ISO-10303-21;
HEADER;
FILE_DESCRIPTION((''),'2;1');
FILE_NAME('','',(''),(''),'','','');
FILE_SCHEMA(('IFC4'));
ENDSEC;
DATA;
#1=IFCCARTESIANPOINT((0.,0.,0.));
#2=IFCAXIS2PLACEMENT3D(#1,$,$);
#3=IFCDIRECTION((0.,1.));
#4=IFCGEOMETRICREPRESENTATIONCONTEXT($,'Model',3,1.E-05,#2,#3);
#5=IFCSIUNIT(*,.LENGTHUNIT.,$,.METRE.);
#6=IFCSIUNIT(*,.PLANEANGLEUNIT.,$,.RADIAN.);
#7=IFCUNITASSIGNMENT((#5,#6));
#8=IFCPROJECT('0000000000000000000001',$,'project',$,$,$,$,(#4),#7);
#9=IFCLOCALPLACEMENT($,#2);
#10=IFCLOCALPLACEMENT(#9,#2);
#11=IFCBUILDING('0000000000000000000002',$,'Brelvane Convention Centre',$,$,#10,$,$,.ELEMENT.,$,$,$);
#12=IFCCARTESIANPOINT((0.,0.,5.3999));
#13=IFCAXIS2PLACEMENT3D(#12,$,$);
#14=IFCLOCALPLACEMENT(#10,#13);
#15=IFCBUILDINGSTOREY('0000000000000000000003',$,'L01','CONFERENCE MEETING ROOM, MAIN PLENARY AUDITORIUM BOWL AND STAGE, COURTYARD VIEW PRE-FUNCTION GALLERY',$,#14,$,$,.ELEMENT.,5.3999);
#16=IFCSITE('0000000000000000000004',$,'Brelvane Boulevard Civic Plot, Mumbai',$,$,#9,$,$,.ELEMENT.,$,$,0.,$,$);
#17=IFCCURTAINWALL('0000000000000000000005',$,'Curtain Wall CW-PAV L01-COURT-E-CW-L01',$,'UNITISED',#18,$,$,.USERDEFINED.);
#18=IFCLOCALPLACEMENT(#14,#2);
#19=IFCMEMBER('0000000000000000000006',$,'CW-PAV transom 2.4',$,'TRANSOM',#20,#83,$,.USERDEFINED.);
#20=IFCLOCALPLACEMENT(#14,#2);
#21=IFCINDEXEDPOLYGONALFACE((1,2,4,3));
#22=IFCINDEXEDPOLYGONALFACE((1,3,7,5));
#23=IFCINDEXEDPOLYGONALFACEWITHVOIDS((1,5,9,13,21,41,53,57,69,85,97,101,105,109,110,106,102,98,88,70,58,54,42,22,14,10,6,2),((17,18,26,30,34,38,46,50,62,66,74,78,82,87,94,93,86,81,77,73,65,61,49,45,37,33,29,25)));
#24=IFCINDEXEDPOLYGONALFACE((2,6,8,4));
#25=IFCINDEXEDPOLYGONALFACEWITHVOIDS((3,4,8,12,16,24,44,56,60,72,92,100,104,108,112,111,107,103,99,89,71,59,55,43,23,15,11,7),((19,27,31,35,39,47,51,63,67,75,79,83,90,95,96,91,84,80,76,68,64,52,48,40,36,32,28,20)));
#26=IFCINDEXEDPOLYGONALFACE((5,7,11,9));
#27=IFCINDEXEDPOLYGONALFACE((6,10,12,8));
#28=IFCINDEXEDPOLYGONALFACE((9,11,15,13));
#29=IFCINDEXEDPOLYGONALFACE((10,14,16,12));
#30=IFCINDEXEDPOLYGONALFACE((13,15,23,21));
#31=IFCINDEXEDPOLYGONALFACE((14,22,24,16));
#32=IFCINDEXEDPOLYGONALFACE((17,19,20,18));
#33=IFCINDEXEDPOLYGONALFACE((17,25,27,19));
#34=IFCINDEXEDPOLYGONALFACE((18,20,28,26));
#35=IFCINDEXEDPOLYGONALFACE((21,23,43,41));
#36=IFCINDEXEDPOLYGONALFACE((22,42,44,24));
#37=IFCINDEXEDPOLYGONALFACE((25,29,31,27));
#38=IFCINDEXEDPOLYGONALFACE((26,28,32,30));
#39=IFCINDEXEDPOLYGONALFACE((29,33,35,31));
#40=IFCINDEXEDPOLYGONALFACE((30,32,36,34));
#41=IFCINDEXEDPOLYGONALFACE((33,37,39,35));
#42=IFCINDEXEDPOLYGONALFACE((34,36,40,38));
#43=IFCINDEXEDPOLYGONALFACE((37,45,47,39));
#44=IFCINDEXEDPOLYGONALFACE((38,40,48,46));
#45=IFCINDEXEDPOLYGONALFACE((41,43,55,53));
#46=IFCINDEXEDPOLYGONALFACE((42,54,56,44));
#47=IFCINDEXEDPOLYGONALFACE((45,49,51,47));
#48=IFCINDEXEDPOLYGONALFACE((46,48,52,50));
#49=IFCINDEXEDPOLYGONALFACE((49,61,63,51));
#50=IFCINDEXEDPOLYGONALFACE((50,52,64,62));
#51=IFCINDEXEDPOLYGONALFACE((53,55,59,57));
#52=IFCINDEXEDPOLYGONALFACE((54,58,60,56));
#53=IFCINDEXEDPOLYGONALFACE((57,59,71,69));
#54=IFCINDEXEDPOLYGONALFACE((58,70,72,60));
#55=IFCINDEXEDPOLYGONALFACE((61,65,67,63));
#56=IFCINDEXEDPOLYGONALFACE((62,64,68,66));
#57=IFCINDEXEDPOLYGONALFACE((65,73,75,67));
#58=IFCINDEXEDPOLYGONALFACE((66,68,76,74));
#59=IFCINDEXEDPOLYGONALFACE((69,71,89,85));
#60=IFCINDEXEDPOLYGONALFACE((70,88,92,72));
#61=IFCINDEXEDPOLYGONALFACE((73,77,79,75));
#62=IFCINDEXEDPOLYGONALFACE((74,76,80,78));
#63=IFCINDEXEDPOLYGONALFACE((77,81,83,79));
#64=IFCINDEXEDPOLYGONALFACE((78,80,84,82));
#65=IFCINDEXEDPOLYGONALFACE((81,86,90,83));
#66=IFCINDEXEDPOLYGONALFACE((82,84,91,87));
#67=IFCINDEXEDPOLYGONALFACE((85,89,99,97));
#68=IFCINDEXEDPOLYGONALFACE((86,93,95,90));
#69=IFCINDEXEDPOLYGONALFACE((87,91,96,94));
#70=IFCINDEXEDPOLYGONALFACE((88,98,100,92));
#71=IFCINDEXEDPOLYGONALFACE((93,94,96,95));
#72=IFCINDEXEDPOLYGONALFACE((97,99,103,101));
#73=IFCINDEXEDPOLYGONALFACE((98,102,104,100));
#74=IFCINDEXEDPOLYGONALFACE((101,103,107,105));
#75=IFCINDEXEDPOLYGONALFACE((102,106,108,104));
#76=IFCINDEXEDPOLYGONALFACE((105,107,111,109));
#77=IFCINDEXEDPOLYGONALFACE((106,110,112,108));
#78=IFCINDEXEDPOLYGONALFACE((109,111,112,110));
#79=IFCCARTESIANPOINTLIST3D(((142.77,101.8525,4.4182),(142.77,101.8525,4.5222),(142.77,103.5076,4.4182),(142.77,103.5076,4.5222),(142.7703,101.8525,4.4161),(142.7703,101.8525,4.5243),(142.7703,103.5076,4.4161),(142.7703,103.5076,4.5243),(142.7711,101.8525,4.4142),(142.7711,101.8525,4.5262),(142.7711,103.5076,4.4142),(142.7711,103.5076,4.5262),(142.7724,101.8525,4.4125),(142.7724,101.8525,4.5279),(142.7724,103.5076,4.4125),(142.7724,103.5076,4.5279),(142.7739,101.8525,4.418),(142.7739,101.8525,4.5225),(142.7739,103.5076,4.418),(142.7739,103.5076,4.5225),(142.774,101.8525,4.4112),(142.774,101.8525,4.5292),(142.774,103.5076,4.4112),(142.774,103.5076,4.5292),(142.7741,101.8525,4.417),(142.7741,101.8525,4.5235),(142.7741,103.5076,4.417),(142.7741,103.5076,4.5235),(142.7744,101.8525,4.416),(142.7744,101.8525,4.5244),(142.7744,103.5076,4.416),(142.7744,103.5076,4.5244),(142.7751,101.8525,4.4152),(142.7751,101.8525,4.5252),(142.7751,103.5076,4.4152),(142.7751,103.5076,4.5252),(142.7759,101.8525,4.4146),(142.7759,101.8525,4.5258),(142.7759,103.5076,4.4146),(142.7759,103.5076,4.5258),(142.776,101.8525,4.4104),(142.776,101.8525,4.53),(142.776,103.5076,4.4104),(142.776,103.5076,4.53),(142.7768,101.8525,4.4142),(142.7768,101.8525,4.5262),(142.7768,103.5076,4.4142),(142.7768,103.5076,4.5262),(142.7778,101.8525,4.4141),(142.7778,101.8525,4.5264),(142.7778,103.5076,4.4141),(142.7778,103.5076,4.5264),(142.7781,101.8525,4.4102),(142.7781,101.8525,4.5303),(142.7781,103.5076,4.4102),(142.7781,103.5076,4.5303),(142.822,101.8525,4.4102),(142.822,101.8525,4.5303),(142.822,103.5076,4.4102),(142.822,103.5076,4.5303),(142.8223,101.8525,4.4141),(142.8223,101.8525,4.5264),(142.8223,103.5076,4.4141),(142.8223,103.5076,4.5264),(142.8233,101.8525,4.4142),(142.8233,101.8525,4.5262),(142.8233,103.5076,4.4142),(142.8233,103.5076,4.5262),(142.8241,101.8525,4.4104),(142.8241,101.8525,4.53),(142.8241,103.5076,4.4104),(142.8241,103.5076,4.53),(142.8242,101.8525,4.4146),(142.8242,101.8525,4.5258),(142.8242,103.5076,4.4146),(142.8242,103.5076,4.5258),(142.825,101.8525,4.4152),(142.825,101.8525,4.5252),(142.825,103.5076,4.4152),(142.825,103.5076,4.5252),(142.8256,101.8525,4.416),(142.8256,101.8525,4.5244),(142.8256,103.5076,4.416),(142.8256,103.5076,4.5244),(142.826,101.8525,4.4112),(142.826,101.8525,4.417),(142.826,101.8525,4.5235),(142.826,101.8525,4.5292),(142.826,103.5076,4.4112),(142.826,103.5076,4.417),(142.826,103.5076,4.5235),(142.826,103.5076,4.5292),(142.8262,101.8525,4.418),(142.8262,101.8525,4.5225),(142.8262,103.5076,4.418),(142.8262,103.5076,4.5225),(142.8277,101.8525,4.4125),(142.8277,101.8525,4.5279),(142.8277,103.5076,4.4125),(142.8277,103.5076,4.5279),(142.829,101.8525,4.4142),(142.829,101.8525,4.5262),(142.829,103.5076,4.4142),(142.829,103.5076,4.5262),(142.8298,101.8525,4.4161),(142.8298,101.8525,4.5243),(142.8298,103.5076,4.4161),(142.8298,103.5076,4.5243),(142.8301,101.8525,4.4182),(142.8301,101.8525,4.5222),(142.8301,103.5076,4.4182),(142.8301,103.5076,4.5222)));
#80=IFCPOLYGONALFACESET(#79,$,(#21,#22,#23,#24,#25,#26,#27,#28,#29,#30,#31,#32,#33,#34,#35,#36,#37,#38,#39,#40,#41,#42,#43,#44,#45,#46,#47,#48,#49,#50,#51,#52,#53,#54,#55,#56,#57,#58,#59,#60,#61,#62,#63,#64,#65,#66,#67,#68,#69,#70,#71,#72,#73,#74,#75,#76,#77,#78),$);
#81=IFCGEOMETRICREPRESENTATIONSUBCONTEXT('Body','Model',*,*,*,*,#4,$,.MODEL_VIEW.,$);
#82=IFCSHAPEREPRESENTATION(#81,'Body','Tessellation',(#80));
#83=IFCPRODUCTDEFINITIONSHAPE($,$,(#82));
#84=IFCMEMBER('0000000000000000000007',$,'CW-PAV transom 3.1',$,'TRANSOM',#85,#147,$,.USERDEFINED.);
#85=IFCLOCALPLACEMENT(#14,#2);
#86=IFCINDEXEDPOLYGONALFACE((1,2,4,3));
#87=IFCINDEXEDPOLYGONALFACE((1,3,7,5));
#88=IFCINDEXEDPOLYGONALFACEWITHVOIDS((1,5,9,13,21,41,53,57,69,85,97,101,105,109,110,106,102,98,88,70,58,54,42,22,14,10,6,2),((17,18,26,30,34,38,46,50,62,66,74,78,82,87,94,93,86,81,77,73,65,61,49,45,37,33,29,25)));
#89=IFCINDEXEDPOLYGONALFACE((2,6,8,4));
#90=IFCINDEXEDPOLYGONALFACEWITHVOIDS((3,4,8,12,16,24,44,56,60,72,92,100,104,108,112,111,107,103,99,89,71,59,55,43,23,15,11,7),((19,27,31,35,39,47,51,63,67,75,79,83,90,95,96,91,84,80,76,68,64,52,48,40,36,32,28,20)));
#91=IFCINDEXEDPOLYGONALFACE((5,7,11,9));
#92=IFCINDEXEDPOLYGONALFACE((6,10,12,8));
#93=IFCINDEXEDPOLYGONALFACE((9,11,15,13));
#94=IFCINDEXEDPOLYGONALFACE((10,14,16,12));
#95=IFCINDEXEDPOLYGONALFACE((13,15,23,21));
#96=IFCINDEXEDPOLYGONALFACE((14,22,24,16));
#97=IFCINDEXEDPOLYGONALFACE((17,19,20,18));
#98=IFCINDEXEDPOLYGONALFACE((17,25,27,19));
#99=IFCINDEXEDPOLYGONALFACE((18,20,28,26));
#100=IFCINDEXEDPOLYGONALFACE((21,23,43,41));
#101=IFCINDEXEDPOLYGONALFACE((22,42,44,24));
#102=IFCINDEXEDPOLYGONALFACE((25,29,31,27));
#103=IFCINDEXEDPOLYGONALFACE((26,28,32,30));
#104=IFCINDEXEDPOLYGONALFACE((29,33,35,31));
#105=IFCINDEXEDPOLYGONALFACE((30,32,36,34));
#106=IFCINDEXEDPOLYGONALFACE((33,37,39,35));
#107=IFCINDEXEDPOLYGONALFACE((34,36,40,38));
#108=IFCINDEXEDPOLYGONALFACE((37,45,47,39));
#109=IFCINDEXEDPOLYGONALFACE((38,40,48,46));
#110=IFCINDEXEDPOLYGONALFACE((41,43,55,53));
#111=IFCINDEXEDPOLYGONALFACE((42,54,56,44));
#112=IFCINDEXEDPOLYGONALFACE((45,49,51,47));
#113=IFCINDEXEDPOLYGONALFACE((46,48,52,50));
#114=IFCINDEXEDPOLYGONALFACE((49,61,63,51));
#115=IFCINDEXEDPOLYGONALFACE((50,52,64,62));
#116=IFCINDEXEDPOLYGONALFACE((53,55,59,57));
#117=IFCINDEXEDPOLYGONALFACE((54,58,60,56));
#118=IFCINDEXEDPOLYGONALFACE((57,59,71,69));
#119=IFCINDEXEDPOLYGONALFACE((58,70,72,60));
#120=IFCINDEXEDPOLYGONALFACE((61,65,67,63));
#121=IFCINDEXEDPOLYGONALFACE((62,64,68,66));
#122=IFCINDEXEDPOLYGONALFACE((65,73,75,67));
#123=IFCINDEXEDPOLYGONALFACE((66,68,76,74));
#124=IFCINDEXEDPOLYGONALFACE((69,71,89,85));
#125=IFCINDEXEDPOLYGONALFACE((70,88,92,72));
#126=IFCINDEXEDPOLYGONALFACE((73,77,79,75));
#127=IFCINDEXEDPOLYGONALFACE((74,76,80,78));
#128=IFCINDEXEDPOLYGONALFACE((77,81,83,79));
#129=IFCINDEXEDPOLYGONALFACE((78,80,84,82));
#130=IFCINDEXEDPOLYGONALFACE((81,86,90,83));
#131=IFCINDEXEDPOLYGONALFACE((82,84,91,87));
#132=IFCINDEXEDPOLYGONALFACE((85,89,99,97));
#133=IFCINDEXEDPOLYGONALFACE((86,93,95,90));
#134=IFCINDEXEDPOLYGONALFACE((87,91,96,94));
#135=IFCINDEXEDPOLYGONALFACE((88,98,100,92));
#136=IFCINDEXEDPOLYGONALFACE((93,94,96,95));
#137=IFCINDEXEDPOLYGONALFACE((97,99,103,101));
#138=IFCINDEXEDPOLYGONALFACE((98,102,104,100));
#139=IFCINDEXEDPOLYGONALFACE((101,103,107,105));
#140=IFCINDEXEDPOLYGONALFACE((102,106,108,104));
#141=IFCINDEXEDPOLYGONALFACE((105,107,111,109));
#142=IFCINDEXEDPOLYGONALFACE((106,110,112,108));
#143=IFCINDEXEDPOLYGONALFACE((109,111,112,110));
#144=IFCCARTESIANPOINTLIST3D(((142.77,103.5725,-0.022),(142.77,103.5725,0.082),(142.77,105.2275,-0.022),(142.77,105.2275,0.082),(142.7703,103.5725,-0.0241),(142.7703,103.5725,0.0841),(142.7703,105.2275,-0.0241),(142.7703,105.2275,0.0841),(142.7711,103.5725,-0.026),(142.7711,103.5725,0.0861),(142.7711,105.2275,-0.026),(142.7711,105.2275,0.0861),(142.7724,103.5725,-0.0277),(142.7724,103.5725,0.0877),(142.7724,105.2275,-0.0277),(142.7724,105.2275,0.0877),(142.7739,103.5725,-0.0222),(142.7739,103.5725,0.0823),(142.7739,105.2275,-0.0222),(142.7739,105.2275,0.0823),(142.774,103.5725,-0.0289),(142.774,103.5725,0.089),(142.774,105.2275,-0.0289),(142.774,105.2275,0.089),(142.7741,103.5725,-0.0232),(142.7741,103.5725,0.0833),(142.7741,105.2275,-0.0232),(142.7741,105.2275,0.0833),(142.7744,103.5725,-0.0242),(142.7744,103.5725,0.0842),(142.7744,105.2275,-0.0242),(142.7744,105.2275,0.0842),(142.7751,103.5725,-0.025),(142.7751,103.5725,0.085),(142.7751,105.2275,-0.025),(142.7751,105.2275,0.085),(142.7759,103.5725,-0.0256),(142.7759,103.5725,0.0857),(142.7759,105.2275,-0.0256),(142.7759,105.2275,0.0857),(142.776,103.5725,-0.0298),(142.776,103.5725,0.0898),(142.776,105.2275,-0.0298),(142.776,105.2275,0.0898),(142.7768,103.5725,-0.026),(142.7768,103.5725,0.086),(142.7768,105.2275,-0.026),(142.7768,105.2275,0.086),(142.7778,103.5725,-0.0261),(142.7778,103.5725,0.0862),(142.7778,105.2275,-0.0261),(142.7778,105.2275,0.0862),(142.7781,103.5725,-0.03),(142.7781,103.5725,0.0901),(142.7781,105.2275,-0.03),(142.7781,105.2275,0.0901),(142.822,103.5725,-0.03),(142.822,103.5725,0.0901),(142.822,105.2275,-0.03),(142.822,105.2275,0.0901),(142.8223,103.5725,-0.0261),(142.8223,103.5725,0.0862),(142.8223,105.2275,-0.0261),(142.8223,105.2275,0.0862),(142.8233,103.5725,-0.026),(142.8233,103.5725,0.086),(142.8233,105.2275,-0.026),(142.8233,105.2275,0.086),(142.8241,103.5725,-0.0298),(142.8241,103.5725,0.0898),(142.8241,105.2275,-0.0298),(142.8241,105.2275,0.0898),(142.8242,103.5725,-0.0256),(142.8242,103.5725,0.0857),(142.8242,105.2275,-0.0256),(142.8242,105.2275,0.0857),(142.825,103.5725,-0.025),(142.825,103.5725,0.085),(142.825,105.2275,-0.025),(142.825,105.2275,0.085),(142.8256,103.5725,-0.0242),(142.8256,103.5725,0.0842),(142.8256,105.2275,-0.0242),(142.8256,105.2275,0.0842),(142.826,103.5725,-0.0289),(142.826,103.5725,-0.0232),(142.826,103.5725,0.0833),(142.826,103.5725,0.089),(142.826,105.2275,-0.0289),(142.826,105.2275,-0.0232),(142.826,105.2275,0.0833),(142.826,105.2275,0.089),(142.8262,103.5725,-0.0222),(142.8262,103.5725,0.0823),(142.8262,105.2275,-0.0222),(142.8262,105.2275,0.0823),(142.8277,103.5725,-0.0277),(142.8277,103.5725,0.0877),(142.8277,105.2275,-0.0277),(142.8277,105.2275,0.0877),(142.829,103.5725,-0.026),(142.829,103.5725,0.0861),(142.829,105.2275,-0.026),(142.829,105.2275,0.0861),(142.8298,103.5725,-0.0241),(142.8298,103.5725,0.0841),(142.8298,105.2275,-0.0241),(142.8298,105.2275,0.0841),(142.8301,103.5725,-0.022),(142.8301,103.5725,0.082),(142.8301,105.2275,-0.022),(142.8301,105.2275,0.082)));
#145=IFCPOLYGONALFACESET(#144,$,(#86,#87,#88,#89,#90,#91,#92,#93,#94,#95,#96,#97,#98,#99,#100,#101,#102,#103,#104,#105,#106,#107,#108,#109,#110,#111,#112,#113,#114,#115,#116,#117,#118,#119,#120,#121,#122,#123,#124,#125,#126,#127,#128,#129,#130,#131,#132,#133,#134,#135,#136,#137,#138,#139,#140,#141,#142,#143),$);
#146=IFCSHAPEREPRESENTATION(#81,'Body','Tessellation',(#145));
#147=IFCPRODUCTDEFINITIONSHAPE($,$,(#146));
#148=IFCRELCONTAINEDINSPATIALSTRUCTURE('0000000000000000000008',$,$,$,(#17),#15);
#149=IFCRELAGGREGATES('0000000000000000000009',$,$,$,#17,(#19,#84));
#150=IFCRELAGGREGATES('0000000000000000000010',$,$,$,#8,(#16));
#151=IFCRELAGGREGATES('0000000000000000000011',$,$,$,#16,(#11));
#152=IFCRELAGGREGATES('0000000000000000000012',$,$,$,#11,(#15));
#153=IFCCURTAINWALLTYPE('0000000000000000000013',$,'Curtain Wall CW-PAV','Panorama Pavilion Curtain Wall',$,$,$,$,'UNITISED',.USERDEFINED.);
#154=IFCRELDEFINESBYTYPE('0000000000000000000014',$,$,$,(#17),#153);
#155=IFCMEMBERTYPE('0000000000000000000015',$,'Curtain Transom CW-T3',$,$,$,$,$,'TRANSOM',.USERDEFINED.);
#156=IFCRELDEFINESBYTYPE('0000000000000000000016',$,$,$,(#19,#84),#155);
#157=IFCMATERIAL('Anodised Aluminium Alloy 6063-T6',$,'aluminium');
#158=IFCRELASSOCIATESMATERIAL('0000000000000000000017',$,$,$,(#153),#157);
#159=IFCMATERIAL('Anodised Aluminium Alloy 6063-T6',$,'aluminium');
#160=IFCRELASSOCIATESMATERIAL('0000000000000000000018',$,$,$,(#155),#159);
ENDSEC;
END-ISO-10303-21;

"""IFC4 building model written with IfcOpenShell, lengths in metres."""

from ifc_helpers import new_model, si_unit, direction, frame, origin, origin_2d, place, context, subcontext, project, spatial, hollow_rectangle, extrude, material, material_profile, profile_set, type_object, element, aggregate, save


model = new_model("IFC4")

# Units and contexts
model_context = context("Model", 3, precision=1e-05, world=origin(), true_north=direction((0.0, 1.0)))
body_context = subcontext(model_context, "Body", "Model", "MODEL_VIEW")
ifc_project = project(units=[si_unit("LENGTHUNIT", "METRE"), si_unit("PLANEANGLEUNIT", "RADIAN")], contexts=[model_context])

# Site, building, storey
site_placement = place(None, origin())
site = spatial("IfcSite", under=ifc_project, at=site_placement, Name="Brelvane Boulevard Civic Plot, Mumbai", CompositionType="ELEMENT", RefElevation=0.0)
building_placement = place(site_placement, origin())
building = spatial("IfcBuilding", under=site, at=building_placement, Name="Brelvane Convention Centre", CompositionType="ELEMENT")
storey_placement = place(building_placement, frame((0.0, 0.0, 5.3999)))
storey = spatial("IfcBuildingStorey", under=building, at=storey_placement, Name="L01", Description="CONFERENCE MEETING ROOM, MAIN PLENARY AUDITORIUM BOWL AND STAGE, COURTYARD VIEW PRE-FUNCTION GALLERY", CompositionType="ELEMENT", Elevation=5.3999)

# Curtain wall, members
ifc_material_1 = material(Name="Anodised Aluminium Alloy 6063-T6", Category="aluminium")
curtain_wall_type = type_object("IfcCurtainWallType", Name="Curtain Wall CW-PAV", Description="Panorama Pavilion Curtain Wall", ElementType="UNITISED", PredefinedType="USERDEFINED", material=ifc_material_1)
curtain_wall_placement = place(storey_placement, origin())
curtain_wall = element("IfcCurtainWall", 1, at=curtain_wall_placement, inside=storey, type_object=curtain_wall_type, Name="Curtain Wall CW-PAV L01-COURT-E-CW-L01", ObjectType="UNITISED", PredefinedType="USERDEFINED")
ifc_material_2 = material(Name="Anodised Aluminium Alloy 6063-T6", Category="aluminium")
ifc_material_profile_1 = material_profile(ifc_material_2, hollow_rectangle(XDim=0.0601, YDim=0.1201, WallThickness=0.0039, InnerFilletRadius=0.0039, OuterFilletRadius=0.0081, at=origin_2d()), Name="ALU-T 120x60x4.0")
ifc_profile_set_1 = profile_set([ifc_material_profile_1], Name="Anodised Aluminium Alloy 6063-T6")
member_type_1 = type_object("IfcMemberType", Name="Curtain Transom CW-T3", ElementType="TRANSOM", PredefinedType="USERDEFINED", material=ifc_profile_set_1)
member_1_placement = place(storey_placement, frame((142.8, 101.8525, 4.4702), z_axis=(0.0, 1.0, 0.0), x_axis=(-1.0, 0.0, 0.0)))
member_1 = element("IfcMember", 2, at=member_1_placement, type_object=member_type_1, Name="CW-PAV transom 2.4", ObjectType="TRANSOM", PredefinedType="USERDEFINED", context=body_context, shape_type="SweptSolid", body=[
    extrude(hollow_rectangle(XDim=0.0601, YDim=0.1201, WallThickness=0.0039, InnerFilletRadius=0.0039, OuterFilletRadius=0.0081, at=origin_2d()), origin(), (0.0, 0.0, 1.0), 1.655),
])
member_2_placement = place(storey_placement, frame((142.8, 103.5725, 0.03), z_axis=(0.0, 1.0, 0.0), x_axis=(-1.0, 0.0, 0.0)))
member_2 = element("IfcMember", 3, at=member_2_placement, type_object=member_type_1, Name="CW-PAV transom 3.1", ObjectType="TRANSOM", PredefinedType="USERDEFINED", context=body_context, shape_type="SweptSolid", body=[
    extrude(hollow_rectangle(XDim=0.0601, YDim=0.1201, WallThickness=0.0039, InnerFilletRadius=0.0039, OuterFilletRadius=0.0081, at=origin_2d()), origin(), (0.0, 0.0, 1.0), 1.655),
])

aggregate(curtain_wall, [member_1, member_2])

save(model, "model.ifc")
